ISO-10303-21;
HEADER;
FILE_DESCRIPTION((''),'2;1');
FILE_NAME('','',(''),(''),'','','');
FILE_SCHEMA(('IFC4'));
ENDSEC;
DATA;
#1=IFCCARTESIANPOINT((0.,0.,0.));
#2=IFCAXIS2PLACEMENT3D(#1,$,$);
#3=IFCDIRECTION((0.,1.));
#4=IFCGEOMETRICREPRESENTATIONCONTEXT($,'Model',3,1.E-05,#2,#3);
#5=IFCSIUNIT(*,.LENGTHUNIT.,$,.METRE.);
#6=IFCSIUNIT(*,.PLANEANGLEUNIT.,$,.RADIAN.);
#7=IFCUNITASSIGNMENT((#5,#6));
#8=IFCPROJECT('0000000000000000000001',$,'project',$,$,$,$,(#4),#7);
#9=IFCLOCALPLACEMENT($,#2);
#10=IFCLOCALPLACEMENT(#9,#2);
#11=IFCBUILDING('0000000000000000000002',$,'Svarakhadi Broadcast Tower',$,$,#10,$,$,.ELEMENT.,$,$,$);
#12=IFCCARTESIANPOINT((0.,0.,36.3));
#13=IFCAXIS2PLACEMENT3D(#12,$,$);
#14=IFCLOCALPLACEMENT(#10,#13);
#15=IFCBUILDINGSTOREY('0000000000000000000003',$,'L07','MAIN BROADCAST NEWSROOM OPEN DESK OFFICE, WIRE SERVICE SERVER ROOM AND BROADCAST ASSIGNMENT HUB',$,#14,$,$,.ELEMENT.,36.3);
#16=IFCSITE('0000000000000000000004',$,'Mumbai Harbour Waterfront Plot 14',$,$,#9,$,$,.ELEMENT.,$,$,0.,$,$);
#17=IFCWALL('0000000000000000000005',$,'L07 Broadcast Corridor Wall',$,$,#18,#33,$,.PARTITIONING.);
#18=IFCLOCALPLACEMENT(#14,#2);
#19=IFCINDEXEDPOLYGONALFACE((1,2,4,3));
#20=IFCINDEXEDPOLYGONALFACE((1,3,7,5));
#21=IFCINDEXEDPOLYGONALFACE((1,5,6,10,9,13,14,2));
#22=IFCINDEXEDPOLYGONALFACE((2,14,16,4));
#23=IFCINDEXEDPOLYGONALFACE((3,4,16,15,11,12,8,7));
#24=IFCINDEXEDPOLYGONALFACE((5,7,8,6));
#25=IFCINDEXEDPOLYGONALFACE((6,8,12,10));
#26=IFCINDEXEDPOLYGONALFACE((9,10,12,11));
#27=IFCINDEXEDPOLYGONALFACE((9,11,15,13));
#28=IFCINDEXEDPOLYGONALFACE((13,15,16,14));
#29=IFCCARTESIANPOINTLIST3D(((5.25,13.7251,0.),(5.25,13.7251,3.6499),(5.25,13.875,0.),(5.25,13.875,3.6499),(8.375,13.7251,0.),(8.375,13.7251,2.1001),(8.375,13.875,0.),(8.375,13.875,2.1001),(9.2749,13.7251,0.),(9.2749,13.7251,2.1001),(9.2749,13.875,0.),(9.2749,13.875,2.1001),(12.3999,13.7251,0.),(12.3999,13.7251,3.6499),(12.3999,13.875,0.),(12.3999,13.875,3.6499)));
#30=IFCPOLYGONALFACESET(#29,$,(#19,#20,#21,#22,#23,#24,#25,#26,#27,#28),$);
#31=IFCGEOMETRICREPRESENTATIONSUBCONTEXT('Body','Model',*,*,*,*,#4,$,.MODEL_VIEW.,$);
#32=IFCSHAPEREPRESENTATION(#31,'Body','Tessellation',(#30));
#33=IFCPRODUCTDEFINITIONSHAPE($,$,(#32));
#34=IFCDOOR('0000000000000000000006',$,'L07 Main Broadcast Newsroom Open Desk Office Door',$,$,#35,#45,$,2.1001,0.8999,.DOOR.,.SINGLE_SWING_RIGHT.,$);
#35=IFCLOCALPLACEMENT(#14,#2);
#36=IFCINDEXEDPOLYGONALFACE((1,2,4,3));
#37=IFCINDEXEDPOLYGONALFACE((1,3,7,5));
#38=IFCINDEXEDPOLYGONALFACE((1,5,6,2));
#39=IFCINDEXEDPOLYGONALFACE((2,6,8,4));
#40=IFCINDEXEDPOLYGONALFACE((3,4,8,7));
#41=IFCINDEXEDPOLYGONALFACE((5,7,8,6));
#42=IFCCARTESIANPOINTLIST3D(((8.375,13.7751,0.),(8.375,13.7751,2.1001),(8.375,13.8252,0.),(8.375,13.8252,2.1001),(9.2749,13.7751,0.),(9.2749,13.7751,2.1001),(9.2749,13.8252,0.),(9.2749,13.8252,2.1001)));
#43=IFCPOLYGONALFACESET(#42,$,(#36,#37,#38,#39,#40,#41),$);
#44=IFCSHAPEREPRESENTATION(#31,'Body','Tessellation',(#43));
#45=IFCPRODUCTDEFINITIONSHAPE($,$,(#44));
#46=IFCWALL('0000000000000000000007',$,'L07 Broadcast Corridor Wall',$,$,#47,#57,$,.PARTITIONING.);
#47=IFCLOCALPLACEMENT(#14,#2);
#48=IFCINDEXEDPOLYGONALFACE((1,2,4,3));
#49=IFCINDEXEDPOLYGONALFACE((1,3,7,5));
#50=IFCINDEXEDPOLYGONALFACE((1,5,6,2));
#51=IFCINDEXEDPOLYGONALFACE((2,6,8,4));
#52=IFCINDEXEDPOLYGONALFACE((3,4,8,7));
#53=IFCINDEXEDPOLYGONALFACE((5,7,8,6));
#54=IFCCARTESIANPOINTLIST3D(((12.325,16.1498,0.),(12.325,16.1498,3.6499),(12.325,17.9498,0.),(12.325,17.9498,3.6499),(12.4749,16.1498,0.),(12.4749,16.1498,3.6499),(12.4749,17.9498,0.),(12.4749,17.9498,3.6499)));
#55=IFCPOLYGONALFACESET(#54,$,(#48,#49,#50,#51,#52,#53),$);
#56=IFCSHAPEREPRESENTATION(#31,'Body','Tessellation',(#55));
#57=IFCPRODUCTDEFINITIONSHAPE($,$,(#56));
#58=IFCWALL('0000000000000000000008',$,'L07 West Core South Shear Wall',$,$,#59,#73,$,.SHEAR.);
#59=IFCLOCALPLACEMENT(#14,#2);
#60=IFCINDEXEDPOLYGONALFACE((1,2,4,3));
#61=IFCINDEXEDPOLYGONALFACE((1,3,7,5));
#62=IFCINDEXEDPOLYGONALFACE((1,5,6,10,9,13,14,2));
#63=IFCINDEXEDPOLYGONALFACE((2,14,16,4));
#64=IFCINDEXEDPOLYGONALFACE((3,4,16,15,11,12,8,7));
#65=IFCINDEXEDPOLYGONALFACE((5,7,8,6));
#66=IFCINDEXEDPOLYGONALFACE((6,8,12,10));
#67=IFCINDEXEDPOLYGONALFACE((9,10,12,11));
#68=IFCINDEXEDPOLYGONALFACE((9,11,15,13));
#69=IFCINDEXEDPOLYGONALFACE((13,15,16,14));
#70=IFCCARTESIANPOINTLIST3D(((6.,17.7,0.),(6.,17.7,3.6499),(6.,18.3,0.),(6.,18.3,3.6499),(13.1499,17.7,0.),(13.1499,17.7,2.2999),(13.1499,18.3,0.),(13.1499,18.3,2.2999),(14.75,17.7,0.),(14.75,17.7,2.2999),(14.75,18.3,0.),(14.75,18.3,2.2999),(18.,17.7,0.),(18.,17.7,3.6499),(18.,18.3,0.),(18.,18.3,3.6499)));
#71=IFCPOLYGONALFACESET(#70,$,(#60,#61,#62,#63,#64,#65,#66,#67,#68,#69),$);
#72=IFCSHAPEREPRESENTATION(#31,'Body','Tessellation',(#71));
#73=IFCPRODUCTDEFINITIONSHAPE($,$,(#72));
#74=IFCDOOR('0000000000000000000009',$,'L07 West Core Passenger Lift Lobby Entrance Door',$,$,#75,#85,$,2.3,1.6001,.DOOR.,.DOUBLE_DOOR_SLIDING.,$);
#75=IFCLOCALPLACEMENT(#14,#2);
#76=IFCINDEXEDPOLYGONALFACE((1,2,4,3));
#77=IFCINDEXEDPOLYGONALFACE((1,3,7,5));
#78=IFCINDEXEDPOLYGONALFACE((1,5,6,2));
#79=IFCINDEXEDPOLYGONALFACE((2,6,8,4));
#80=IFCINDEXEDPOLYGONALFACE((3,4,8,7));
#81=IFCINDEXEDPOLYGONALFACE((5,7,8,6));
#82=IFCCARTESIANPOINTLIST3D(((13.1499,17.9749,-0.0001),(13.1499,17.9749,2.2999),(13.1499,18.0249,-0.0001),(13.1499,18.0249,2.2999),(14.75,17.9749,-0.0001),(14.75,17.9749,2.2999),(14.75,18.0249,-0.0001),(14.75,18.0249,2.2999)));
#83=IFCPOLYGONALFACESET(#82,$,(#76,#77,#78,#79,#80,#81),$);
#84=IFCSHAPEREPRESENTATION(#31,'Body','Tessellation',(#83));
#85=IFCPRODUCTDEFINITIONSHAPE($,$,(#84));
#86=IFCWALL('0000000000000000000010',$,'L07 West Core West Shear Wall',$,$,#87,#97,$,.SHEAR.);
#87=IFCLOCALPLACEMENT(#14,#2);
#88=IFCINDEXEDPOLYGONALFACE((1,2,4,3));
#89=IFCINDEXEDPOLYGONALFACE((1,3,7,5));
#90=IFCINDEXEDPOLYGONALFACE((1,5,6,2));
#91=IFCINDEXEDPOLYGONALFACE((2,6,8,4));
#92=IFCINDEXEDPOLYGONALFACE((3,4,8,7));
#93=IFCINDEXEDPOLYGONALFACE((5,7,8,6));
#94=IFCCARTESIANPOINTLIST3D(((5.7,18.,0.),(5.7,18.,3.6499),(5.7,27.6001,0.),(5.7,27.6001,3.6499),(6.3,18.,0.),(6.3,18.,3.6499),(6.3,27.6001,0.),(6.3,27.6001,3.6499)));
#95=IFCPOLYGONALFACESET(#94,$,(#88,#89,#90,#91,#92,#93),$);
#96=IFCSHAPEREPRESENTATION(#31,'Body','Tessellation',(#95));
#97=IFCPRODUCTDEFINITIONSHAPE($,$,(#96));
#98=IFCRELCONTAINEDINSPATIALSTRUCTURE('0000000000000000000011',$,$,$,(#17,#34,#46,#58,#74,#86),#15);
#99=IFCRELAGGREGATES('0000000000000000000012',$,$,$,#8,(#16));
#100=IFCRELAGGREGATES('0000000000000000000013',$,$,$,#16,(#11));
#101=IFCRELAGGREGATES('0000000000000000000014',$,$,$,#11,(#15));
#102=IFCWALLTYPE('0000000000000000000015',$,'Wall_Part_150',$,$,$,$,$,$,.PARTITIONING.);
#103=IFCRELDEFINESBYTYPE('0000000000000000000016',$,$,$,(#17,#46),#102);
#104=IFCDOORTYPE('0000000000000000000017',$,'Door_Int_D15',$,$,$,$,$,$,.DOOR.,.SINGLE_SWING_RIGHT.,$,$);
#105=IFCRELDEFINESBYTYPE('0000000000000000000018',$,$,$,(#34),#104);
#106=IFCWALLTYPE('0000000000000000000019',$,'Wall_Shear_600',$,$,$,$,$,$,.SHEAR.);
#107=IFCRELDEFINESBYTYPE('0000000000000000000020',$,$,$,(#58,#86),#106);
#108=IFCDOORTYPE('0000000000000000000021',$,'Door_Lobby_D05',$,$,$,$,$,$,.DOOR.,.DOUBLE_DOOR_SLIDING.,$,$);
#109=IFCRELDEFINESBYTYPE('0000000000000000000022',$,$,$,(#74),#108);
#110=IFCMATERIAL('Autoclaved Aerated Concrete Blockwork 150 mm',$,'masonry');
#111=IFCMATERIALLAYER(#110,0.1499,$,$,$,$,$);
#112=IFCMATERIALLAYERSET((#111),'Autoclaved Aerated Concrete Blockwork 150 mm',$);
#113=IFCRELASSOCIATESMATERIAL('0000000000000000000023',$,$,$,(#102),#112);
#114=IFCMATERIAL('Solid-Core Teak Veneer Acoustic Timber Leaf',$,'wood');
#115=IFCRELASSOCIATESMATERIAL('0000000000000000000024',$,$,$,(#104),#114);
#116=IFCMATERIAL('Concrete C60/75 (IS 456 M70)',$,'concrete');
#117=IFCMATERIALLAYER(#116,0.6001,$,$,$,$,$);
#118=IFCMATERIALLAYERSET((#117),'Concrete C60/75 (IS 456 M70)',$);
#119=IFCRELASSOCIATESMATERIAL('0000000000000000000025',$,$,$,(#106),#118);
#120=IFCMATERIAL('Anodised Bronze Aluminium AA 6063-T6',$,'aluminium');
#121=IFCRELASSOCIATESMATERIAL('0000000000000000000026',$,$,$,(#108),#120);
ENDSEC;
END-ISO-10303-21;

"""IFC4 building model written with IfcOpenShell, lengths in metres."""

from ifc_helpers import new_model, si_unit, direction, frame, frame_2d, origin, place, context, subcontext, project, spatial, rectangle, extrude, material, layer, layer_set, type_object, element, fill, save


model = new_model("IFC4")

# Units and contexts
model_context = context("Model", 3, precision=1e-05, world=origin(), true_north=direction((0.0, 1.0)))
body_context = subcontext(model_context, "Body", "Model", "MODEL_VIEW")
ifc_project = project(units=[si_unit("LENGTHUNIT", "METRE"), si_unit("PLANEANGLEUNIT", "RADIAN")], contexts=[model_context])

# Site, building, storey
site_placement = place(None, origin())
site = spatial("IfcSite", under=ifc_project, at=site_placement, Name="Mumbai Harbour Waterfront Plot 14", CompositionType="ELEMENT", RefElevation=0.0)
building_placement = place(site_placement, origin())
building = spatial("IfcBuilding", under=site, at=building_placement, Name="Svarakhadi Broadcast Tower", CompositionType="ELEMENT")
storey_placement = place(building_placement, frame((0.0, 0.0, 36.3)))
storey = spatial("IfcBuildingStorey", under=building, at=storey_placement, Name="L07", Description="MAIN BROADCAST NEWSROOM OPEN DESK OFFICE, WIRE SERVICE SERVER ROOM AND BROADCAST ASSIGNMENT HUB", CompositionType="ELEMENT", Elevation=36.3)

# Shared definitions
ifc_material_1 = material(Name="Concrete C60/75 (IS 456 M70)", Category="concrete")

# Wall, opening, door
ifc_material_2 = material(Name="Autoclaved Aerated Concrete Blockwork 150 mm", Category="masonry")
ifc_layer_1 = layer(ifc_material_2, 0.1499)
ifc_layer_set_1 = layer_set([ifc_layer_1], Name="Autoclaved Aerated Concrete Blockwork 150 mm")
wall_type_1 = type_object("IfcWallType", Name="Wall_Part_150", PredefinedType="PARTITIONING", material=ifc_layer_set_1)
wall_1_placement = place(storey_placement, frame((12.3999, 13.8, 0.0), z_axis=(0.0, 0.0, 1.0), x_axis=(-1.0, 0.0, 0.0)))
wall_1 = element("IfcWall", 1, at=wall_1_placement, inside=storey, type_object=wall_type_1, Name="L07 Broadcast Corridor Wall", PredefinedType="PARTITIONING", context=body_context, shape_type="SweptSolid", body=[
    extrude(rectangle(XDim=7.1499, YDim=0.1499, at=frame_2d((3.575, 0.0))), origin(), (0.0, 0.0, 1.0), 3.6499),
])
opening_1_placement = place(wall_1_placement, frame((3.125, 0.0, 0.0)))
opening_1 = element("IfcOpeningElement", 2, at=opening_1_placement, cuts=wall_1, PredefinedType="OPENING", context=body_context, shape_type="SweptSolid", body=[
    extrude(rectangle(XDim=0.8999, YDim=2.1001, at=frame_2d((0.45, 1.05))), frame((0.0, 0.085, 0.0), z_axis=(0.0, -1.0, 0.0), x_axis=(1.0, 0.0, 0.0)), (0.0, 0.0, 1.0), 0.1699),
])
ifc_material_3 = material(Name="Solid-Core Teak Veneer Acoustic Timber Leaf", Category="wood")
door_type_1 = type_object("IfcDoorType", Name="Door_Int_D15", OperationType="SINGLE_SWING_RIGHT", PredefinedType="DOOR", material=ifc_material_3)
door_1_placement = place(opening_1_placement, origin())
door_1 = element("IfcDoor", 3, at=door_1_placement, inside=storey, type_object=door_type_1, Name="L07 Main Broadcast Newsroom Open Desk Office Door", OperationType="SINGLE_SWING_RIGHT", OverallHeight=2.1001, OverallWidth=0.8999, PredefinedType="DOOR", context=body_context, shape_type="SweptSolid", body=[
    extrude(rectangle(XDim=0.8999, YDim=2.1001, at=frame_2d((0.45, 1.05))), frame((0.0, 0.0249, 0.0), z_axis=(0.0, -1.0, 0.0), x_axis=(1.0, 0.0, 0.0)), (0.0, 0.0, 1.0), 0.05),
])
fill(opening_1, door_1)

# Wall
wall_2_placement = place(storey_placement, frame((12.3999, 16.1499, 0.0), z_axis=(0.0, 0.0, 1.0), x_axis=(0.0, 1.0, 0.0)))
element("IfcWall", 4, at=wall_2_placement, inside=storey, type_object=wall_type_1, Name="L07 Broadcast Corridor Wall", PredefinedType="PARTITIONING", context=body_context, shape_type="SweptSolid", body=[
    extrude(rectangle(XDim=1.8, YDim=0.1499, at=frame_2d((0.8999, 0.0))), origin(), (0.0, 0.0, 1.0), 3.6499),
])

# Wall, opening, door
ifc_layer_2 = layer(ifc_material_1, 0.6001)
ifc_layer_set_2 = layer_set([ifc_layer_2], Name="Concrete C60/75 (IS 456 M70)")
wall_type_2 = type_object("IfcWallType", Name="Wall_Shear_600", PredefinedType="SHEAR", material=ifc_layer_set_2)
wall_3_placement = place(storey_placement, frame((6.0, 18.0, 0.0), z_axis=(0.0, 0.0, 1.0), x_axis=(1.0, 0.0, 0.0)))
wall_3 = element("IfcWall", 5, at=wall_3_placement, inside=storey, type_object=wall_type_2, Name="L07 West Core South Shear Wall", PredefinedType="SHEAR", context=body_context, shape_type="SweptSolid", body=[
    extrude(rectangle(XDim=12.0, YDim=0.6001, at=frame_2d((6.0, 0.0))), origin(), (0.0, 0.0, 1.0), 3.6499),
])
opening_2_placement = place(wall_3_placement, frame((7.1499, 0.0, 0.0)))
opening_2 = element("IfcOpeningElement", 6, at=opening_2_placement, cuts=wall_3, PredefinedType="OPENING", context=body_context, shape_type="SweptSolid", body=[
    extrude(rectangle(XDim=1.6001, YDim=2.3, at=frame_2d((0.8, 1.1499))), frame((0.0, 0.3101, 0.0), z_axis=(0.0, -1.0, 0.0), x_axis=(1.0, 0.0, 0.0)), (0.0, 0.0, 1.0), 0.6201),
])
ifc_material_4 = material(Name="Anodised Bronze Aluminium AA 6063-T6", Category="aluminium")
door_type_2 = type_object("IfcDoorType", Name="Door_Lobby_D05", OperationType="DOUBLE_DOOR_SLIDING", PredefinedType="DOOR", material=ifc_material_4)
door_2_placement = place(opening_2_placement, origin())
door_2 = element("IfcDoor", 7, at=door_2_placement, inside=storey, type_object=door_type_2, Name="L07 West Core Passenger Lift Lobby Entrance Door", OperationType="DOUBLE_DOOR_SLIDING", OverallHeight=2.3, OverallWidth=1.6001, PredefinedType="DOOR", context=body_context, shape_type="SweptSolid", body=[
    extrude(rectangle(XDim=1.6001, YDim=2.3, at=frame_2d((0.8, 1.1499))), frame((0.0, 0.0249, 0.0), z_axis=(0.0, -1.0, 0.0), x_axis=(1.0, 0.0, 0.0)), (0.0, 0.0, 1.0), 0.05),
])
fill(opening_2, door_2)

# Wall
wall_4_placement = place(storey_placement, frame((6.0, 18.0, 0.0), z_axis=(0.0, 0.0, 1.0), x_axis=(0.0, 1.0, 0.0)))
element("IfcWall", 8, at=wall_4_placement, inside=storey, type_object=wall_type_2, Name="L07 West Core West Shear Wall", PredefinedType="SHEAR", context=body_context, shape_type="SweptSolid", body=[
    extrude(rectangle(XDim=9.6001, YDim=0.6001, at=frame_2d((4.8, 0.0))), origin(), (0.0, 0.0, 1.0), 3.6499),
])

save(model, "model.ifc")
